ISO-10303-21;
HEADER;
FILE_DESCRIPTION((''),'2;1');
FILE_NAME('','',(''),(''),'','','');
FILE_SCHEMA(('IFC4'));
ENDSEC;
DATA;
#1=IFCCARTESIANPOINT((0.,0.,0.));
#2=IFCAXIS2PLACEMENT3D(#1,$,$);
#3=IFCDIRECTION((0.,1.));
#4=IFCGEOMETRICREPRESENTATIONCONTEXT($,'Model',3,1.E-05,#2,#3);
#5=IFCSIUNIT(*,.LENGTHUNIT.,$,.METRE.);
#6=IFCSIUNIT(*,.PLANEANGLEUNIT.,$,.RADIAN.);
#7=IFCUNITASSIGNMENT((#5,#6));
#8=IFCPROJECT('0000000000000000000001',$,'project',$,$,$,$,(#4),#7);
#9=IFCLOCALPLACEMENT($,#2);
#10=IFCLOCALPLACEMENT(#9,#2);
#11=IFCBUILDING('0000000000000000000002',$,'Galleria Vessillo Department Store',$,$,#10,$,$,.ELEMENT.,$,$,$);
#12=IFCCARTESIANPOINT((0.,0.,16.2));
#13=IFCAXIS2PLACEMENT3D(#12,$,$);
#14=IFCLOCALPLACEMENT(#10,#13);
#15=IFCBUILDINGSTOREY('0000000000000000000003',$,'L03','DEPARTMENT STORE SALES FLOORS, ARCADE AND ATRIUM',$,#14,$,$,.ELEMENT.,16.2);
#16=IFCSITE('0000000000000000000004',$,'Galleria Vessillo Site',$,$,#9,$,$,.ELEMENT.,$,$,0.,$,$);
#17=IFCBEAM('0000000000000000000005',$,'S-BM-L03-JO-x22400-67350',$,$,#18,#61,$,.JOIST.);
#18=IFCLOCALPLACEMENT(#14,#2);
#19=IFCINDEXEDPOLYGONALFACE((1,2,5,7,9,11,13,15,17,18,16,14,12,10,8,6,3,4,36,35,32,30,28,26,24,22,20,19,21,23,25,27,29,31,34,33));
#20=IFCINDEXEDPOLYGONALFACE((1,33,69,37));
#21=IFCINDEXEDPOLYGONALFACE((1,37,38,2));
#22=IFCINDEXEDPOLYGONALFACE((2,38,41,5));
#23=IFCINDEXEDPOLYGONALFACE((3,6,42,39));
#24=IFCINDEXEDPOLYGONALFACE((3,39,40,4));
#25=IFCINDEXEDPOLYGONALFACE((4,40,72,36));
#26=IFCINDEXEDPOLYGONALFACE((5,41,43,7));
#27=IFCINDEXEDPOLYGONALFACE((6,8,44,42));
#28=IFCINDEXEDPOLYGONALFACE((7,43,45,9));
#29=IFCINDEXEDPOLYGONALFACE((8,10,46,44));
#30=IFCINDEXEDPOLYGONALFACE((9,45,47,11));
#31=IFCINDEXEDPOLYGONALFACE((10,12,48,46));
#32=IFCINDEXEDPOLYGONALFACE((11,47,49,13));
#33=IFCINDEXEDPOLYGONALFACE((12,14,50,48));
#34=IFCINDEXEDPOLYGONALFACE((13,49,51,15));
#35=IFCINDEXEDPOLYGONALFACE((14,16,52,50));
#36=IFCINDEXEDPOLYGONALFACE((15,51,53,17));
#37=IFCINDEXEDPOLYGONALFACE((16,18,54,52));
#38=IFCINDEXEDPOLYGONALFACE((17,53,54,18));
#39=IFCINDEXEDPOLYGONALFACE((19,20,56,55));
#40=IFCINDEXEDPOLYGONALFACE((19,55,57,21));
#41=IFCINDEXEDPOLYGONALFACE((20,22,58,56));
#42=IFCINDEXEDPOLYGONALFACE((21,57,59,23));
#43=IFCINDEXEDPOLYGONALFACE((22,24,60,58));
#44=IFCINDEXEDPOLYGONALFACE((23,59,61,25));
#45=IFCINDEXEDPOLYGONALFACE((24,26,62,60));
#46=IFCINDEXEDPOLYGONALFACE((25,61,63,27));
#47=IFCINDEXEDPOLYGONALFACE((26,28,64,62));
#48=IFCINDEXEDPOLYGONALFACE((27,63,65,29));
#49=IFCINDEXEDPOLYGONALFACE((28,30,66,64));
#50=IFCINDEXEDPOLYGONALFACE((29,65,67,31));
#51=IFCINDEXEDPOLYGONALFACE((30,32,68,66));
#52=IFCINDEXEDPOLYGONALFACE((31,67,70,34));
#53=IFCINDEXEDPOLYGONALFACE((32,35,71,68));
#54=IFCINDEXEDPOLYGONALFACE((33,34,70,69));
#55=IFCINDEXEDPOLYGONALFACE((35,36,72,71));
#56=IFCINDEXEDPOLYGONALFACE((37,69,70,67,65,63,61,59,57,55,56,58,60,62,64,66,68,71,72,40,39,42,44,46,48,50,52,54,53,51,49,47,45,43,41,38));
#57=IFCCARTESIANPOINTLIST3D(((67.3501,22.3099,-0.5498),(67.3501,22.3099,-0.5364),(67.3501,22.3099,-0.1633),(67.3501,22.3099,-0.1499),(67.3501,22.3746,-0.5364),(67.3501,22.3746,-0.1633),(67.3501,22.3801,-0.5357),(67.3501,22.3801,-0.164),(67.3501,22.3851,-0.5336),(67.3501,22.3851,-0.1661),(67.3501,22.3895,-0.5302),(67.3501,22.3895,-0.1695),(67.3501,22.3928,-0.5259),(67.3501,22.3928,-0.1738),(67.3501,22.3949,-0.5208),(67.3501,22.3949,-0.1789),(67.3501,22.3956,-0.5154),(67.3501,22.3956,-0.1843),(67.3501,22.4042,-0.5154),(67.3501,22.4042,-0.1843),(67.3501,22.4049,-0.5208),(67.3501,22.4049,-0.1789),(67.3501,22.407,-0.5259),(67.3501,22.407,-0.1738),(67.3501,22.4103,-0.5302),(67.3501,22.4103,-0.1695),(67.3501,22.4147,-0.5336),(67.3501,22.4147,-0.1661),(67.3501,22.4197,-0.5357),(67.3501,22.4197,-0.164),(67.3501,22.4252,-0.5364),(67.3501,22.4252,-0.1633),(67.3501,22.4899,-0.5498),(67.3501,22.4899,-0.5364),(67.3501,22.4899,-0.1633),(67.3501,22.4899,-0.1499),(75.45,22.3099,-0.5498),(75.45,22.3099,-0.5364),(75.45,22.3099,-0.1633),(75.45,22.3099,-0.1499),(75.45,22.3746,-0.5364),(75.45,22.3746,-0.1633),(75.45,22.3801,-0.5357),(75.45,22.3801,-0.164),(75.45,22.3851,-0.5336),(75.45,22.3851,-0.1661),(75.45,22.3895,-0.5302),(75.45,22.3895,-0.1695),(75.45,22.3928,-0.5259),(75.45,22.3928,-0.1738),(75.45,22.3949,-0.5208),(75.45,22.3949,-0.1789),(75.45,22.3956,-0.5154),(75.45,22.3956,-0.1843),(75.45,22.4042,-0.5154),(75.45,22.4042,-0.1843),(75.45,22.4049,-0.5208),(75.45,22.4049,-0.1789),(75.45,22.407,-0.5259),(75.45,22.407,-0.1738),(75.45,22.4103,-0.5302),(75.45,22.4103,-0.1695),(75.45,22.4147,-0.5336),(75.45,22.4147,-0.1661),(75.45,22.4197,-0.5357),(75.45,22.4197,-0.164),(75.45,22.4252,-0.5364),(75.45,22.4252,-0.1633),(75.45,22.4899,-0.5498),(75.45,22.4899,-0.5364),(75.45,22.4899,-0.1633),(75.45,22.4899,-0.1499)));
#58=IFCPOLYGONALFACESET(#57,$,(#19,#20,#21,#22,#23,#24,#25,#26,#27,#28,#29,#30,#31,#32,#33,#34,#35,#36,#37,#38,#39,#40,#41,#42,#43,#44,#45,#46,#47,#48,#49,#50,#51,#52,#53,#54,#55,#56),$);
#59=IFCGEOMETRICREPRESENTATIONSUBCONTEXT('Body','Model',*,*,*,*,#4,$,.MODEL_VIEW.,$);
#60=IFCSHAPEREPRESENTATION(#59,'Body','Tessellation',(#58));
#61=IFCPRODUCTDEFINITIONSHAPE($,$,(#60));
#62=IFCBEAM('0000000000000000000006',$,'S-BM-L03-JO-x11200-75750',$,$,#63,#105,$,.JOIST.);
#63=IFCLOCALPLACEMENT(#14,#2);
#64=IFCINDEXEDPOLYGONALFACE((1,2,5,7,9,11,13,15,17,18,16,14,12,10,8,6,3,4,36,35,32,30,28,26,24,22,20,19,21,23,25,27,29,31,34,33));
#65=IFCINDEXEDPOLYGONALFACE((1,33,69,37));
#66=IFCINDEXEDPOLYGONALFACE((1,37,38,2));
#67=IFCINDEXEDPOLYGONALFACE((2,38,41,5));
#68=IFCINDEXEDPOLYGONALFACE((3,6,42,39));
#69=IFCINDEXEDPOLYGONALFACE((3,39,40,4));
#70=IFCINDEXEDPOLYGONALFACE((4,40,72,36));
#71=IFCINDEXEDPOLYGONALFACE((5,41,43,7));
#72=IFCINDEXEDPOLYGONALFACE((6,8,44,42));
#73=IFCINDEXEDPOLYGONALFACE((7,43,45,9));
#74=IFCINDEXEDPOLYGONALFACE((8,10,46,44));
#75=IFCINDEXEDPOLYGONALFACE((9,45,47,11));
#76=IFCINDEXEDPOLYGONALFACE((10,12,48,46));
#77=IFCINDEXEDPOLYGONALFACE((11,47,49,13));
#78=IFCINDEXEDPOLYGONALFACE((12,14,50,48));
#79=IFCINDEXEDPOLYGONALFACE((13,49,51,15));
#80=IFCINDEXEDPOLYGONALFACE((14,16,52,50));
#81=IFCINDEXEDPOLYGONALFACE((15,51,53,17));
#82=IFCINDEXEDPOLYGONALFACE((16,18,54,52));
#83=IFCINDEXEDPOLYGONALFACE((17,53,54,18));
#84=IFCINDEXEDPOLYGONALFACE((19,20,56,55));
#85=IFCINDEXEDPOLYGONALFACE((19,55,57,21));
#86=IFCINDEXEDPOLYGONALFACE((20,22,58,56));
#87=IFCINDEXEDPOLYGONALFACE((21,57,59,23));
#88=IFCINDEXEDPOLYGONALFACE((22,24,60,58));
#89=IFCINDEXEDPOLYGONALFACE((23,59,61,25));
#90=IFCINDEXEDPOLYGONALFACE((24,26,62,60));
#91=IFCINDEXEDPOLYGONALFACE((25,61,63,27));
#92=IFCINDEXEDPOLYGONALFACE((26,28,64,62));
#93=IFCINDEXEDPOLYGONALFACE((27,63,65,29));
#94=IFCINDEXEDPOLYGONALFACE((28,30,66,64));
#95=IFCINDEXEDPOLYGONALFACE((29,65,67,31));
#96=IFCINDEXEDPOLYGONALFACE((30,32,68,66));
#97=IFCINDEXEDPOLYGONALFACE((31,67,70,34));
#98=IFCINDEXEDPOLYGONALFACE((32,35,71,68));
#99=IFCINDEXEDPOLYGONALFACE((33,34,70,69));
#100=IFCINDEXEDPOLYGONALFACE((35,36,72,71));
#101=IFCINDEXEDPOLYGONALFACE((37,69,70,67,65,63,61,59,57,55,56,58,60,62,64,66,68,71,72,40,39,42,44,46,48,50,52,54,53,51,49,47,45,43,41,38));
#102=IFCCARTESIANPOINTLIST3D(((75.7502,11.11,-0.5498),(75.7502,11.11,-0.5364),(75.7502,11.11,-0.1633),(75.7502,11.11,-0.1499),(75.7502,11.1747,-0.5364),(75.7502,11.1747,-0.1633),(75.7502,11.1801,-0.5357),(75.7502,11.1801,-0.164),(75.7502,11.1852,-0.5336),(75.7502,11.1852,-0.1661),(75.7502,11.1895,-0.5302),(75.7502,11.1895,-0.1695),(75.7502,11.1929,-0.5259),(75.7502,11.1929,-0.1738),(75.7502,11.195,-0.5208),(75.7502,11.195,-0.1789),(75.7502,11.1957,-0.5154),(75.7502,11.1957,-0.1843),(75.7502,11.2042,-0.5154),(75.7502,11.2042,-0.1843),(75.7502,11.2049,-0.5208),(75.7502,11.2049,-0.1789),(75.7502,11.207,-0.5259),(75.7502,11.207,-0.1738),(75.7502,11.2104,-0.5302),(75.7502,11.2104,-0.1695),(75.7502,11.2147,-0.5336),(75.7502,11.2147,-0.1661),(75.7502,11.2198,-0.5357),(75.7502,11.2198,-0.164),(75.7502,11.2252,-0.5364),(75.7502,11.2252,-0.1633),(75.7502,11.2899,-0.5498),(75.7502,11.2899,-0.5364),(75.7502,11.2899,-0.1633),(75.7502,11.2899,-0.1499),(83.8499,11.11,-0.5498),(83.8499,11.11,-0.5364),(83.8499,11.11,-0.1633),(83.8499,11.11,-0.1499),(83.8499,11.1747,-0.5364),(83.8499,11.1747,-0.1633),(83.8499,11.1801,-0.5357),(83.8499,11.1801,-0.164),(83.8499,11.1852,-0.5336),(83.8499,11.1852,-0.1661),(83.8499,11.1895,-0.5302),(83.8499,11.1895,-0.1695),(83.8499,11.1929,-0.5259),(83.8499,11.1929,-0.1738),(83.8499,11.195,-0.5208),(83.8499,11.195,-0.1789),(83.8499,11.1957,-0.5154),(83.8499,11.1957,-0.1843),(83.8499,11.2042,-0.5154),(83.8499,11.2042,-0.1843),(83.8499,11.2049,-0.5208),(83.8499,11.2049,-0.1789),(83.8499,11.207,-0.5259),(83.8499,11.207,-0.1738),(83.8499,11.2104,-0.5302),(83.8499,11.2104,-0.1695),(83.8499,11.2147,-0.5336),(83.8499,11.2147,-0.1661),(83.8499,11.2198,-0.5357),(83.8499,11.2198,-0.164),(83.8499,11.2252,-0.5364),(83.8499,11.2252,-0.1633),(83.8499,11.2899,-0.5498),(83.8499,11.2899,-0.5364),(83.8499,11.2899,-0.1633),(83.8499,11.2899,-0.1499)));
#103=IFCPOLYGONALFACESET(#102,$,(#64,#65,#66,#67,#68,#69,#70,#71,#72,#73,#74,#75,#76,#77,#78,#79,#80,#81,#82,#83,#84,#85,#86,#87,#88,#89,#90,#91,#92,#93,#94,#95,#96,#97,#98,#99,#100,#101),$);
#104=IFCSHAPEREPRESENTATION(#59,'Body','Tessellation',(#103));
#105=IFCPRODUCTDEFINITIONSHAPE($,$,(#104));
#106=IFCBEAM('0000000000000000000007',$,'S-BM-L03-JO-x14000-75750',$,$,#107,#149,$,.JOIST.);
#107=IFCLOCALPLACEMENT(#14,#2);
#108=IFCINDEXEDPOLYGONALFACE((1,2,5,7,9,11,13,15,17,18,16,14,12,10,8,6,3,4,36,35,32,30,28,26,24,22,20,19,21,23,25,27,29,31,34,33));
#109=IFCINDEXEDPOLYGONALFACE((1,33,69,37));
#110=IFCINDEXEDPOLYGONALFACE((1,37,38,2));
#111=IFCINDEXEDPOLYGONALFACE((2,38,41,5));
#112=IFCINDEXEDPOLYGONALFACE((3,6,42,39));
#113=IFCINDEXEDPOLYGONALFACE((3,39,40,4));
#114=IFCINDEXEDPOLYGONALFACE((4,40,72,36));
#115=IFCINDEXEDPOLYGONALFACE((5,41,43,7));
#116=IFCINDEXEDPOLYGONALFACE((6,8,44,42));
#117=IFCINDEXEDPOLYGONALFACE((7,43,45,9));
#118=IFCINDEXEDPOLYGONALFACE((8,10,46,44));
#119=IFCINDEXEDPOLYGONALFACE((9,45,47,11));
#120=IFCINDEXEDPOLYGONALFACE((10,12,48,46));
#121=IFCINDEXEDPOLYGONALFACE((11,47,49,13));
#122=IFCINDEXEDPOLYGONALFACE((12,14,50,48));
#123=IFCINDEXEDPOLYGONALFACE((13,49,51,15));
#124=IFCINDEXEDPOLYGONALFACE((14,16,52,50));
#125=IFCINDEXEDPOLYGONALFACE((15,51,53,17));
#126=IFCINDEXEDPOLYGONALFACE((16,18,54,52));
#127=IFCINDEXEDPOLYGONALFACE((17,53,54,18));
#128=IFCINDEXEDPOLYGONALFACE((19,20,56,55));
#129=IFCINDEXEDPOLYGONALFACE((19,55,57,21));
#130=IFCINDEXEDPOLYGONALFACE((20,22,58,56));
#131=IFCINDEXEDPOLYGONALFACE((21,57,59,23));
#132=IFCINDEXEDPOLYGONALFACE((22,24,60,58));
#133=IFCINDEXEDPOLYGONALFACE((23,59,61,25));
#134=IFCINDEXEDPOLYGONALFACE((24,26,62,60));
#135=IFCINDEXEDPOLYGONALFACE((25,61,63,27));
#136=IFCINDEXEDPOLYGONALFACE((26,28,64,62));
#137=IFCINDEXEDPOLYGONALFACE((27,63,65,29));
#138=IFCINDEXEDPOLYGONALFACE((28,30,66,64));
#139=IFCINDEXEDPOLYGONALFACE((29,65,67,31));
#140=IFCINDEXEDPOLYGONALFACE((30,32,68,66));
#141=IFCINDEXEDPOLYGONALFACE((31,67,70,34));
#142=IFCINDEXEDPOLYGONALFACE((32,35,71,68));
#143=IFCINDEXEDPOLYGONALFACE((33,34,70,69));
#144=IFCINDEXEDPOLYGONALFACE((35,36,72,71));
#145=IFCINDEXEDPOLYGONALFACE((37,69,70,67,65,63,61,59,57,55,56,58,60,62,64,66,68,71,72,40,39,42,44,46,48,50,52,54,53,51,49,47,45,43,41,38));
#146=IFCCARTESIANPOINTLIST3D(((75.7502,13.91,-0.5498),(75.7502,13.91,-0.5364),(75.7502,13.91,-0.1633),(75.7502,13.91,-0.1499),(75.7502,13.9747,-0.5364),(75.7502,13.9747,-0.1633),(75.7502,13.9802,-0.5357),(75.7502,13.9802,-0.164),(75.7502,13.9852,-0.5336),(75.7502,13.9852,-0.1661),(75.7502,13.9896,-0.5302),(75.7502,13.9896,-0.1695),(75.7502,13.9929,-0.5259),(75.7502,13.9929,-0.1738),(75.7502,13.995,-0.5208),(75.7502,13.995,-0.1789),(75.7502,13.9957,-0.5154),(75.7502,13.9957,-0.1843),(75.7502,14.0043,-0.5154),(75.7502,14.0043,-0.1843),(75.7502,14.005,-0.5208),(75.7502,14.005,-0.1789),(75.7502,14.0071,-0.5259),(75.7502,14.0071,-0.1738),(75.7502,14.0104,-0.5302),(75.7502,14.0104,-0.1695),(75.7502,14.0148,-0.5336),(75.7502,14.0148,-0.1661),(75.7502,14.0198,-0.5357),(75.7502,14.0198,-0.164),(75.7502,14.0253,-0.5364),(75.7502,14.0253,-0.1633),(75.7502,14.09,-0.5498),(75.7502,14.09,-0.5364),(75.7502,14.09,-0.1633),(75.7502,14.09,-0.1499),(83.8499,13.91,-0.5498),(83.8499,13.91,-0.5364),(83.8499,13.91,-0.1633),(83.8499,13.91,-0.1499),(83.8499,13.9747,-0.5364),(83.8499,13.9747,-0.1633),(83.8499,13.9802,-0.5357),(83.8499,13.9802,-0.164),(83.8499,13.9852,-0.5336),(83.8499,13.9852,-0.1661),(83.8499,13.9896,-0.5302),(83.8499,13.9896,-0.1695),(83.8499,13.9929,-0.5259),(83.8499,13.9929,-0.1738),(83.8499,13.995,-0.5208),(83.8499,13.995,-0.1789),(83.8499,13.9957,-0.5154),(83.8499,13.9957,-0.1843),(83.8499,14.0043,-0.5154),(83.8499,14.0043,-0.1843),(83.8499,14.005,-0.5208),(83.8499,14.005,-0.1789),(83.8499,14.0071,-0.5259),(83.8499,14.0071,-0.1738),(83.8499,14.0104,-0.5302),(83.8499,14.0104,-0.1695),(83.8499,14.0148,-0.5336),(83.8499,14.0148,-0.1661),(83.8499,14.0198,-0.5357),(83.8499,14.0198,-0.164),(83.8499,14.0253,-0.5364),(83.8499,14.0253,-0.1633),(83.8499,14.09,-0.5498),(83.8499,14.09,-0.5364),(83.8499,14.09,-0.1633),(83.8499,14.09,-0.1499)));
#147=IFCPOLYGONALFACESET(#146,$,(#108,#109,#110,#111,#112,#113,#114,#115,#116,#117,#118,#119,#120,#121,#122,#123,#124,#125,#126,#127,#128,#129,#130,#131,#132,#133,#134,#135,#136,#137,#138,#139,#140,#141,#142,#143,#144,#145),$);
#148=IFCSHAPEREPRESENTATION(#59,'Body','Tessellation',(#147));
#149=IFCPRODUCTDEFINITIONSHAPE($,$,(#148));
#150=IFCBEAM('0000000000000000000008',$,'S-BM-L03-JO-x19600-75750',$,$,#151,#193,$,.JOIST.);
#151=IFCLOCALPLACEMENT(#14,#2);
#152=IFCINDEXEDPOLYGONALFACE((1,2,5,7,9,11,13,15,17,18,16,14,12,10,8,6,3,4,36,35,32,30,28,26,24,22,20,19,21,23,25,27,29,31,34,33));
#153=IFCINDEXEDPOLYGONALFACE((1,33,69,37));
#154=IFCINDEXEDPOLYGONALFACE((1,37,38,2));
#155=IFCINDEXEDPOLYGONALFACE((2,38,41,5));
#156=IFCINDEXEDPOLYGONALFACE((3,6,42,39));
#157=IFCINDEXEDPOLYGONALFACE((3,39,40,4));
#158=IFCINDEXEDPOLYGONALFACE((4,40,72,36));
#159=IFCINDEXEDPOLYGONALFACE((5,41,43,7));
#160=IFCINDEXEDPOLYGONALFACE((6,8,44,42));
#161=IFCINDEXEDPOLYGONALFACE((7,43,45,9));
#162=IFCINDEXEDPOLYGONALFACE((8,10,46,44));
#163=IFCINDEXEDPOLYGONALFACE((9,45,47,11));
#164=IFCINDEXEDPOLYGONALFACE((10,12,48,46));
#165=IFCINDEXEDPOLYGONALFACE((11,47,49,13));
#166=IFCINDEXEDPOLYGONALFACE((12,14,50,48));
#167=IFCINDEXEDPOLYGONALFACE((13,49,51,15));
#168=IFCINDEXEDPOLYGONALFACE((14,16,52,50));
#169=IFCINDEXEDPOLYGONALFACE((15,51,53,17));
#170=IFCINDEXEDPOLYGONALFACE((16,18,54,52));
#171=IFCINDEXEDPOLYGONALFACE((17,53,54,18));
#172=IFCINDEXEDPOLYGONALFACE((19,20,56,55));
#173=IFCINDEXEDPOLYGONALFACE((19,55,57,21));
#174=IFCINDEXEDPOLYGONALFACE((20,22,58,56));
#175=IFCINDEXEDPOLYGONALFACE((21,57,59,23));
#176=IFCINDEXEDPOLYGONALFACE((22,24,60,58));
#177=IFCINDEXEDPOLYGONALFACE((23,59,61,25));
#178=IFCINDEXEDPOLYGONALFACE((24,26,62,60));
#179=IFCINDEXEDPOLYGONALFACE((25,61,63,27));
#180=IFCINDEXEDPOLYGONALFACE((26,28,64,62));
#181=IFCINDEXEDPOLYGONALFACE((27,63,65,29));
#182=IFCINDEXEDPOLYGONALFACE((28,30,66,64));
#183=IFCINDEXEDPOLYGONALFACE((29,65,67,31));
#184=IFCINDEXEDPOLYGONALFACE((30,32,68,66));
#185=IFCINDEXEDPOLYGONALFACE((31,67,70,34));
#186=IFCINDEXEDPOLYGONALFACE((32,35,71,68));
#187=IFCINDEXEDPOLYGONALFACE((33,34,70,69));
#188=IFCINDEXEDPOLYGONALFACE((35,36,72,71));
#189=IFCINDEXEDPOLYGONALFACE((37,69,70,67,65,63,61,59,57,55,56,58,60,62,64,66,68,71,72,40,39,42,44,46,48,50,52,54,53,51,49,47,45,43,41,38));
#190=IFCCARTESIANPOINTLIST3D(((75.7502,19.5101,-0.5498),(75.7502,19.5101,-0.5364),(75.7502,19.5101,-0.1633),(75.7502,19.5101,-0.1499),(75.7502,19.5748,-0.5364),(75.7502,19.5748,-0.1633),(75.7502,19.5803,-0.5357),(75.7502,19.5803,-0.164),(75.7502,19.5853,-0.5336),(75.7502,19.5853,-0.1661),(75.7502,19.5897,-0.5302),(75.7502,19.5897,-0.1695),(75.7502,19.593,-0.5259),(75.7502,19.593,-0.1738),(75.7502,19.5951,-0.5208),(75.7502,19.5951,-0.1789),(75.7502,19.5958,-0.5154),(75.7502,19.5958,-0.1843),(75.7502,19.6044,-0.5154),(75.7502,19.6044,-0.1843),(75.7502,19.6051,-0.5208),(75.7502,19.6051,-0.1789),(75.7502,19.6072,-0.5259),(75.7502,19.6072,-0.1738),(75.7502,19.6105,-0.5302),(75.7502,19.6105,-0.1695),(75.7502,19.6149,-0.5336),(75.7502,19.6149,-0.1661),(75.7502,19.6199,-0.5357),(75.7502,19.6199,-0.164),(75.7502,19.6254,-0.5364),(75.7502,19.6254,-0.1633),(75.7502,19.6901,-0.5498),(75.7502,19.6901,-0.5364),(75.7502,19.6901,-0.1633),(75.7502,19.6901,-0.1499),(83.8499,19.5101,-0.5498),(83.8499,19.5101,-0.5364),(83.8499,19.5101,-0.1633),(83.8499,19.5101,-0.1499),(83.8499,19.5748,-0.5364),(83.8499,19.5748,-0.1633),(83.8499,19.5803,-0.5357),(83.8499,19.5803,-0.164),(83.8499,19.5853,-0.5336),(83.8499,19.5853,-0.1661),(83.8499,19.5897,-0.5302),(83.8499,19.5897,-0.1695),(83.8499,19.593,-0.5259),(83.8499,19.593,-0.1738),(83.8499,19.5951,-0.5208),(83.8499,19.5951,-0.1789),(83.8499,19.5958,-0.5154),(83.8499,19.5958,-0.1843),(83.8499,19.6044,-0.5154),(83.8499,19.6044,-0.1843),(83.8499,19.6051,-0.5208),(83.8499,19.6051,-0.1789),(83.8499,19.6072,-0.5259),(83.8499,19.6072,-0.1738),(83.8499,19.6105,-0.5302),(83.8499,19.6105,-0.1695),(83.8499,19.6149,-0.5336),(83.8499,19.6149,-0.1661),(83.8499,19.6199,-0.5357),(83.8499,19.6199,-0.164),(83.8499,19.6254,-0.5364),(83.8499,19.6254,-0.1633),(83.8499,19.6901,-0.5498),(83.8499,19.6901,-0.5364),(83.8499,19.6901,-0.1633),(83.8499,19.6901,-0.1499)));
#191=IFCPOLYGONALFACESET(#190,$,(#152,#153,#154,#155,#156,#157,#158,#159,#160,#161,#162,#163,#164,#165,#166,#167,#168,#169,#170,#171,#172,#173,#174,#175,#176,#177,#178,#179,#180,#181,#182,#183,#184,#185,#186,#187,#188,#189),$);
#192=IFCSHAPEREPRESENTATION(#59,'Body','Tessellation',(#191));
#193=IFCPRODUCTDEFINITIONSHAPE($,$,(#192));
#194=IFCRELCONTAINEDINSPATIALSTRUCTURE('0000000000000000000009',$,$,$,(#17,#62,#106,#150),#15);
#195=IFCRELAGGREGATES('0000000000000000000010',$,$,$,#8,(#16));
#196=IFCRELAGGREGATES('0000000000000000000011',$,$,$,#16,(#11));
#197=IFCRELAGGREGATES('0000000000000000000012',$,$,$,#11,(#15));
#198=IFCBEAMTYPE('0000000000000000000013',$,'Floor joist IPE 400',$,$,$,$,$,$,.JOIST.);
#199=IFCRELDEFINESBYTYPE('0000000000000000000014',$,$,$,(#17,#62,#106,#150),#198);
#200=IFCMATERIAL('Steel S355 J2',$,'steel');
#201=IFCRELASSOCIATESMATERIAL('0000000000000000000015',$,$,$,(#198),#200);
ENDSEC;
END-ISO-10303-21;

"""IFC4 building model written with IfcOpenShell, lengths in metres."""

from ifc_helpers import new_model, si_unit, direction, frame, origin, origin_2d, place, context, subcontext, project, spatial, i_section, extrude, material, material_profile, profile_set, type_object, element, save


model = new_model("IFC4")

# Units and contexts
model_context = context("Model", 3, precision=1e-05, world=origin(), true_north=direction((0.0, 1.0)))
body_context = subcontext(model_context, "Body", "Model", "MODEL_VIEW")
ifc_project = project(units=[si_unit("LENGTHUNIT", "METRE"), si_unit("PLANEANGLEUNIT", "RADIAN")], contexts=[model_context])

# Site, building, storey
site_placement = place(None, origin())
site = spatial("IfcSite", under=ifc_project, at=site_placement, Name="Galleria Vessillo Site", CompositionType="ELEMENT", RefElevation=0.0)
building_placement = place(site_placement, origin())
building = spatial("IfcBuilding", under=site, at=building_placement, Name="Galleria Vessillo Department Store", CompositionType="ELEMENT")
storey_placement = place(building_placement, frame((0.0, 0.0, 16.2)))
storey = spatial("IfcBuildingStorey", under=building, at=storey_placement, Name="L03", Description="DEPARTMENT STORE SALES FLOORS, ARCADE AND ATRIUM", CompositionType="ELEMENT", Elevation=16.2)

# Beams
ifc_material_1 = material(Name="Steel S355 J2", Category="steel")
ifc_material_profile_1 = material_profile(ifc_material_1, i_section(OverallWidth=0.1799, OverallDepth=0.3999, WebThickness=0.0085, FlangeThickness=0.0134, FilletRadius=0.021, at=origin_2d()), Name="IPE 400")
ifc_profile_set_1 = profile_set([ifc_material_profile_1], Name="Steel S355 J2")
beam_type_1 = type_object("IfcBeamType", Name="Floor joist IPE 400", PredefinedType="JOIST", material=ifc_profile_set_1)
for number, where, z_axis, x_axis, name in (
    (1, (67.3501, 22.3999, -0.3499), (1.0, 0.0, 0.0), (0.0, 1.0, 0.0), "S-BM-L03-JO-x22400-67350"),
):
    element("IfcBeam", number, at=place(storey_placement, frame(where, z_axis=z_axis, x_axis=x_axis)), inside=storey, type_object=beam_type_1, Name=name, PredefinedType="JOIST", context=body_context, shape_type="SweptSolid", body=[
        extrude(i_section(OverallWidth=0.1799, OverallDepth=0.3999, WebThickness=0.0085, FlangeThickness=0.0134, FilletRadius=0.021, at=origin_2d()), origin(), (0.0, 0.0, 1.0), 8.0999),
    ])
for number, where, z_axis, x_axis, name in (
    (2, (75.7502, 11.2, -0.3499), (1.0, 0.0, 0.0), (0.0, 1.0, 0.0), "S-BM-L03-JO-x11200-75750"),
    (3, (75.7502, 14.0, -0.3499), (1.0, 0.0, 0.0), (0.0, 1.0, 0.0), "S-BM-L03-JO-x14000-75750"),
    (4, (75.7502, 19.6001, -0.3499), (1.0, 0.0, 0.0), (0.0, 1.0, 0.0), "S-BM-L03-JO-x19600-75750"),
):
    element("IfcBeam", number, at=place(storey_placement, frame(where, z_axis=z_axis, x_axis=x_axis)), inside=storey, type_object=beam_type_1, Name=name, PredefinedType="JOIST", context=body_context, shape_type="SweptSolid", body=[
        extrude(i_section(OverallWidth=0.1799, OverallDepth=0.3999, WebThickness=0.0085, FlangeThickness=0.0134, FilletRadius=0.021, at=origin_2d()), origin(), (0.0, 0.0, 1.0), 8.0996),
    ])

save(model, "model.ifc")
